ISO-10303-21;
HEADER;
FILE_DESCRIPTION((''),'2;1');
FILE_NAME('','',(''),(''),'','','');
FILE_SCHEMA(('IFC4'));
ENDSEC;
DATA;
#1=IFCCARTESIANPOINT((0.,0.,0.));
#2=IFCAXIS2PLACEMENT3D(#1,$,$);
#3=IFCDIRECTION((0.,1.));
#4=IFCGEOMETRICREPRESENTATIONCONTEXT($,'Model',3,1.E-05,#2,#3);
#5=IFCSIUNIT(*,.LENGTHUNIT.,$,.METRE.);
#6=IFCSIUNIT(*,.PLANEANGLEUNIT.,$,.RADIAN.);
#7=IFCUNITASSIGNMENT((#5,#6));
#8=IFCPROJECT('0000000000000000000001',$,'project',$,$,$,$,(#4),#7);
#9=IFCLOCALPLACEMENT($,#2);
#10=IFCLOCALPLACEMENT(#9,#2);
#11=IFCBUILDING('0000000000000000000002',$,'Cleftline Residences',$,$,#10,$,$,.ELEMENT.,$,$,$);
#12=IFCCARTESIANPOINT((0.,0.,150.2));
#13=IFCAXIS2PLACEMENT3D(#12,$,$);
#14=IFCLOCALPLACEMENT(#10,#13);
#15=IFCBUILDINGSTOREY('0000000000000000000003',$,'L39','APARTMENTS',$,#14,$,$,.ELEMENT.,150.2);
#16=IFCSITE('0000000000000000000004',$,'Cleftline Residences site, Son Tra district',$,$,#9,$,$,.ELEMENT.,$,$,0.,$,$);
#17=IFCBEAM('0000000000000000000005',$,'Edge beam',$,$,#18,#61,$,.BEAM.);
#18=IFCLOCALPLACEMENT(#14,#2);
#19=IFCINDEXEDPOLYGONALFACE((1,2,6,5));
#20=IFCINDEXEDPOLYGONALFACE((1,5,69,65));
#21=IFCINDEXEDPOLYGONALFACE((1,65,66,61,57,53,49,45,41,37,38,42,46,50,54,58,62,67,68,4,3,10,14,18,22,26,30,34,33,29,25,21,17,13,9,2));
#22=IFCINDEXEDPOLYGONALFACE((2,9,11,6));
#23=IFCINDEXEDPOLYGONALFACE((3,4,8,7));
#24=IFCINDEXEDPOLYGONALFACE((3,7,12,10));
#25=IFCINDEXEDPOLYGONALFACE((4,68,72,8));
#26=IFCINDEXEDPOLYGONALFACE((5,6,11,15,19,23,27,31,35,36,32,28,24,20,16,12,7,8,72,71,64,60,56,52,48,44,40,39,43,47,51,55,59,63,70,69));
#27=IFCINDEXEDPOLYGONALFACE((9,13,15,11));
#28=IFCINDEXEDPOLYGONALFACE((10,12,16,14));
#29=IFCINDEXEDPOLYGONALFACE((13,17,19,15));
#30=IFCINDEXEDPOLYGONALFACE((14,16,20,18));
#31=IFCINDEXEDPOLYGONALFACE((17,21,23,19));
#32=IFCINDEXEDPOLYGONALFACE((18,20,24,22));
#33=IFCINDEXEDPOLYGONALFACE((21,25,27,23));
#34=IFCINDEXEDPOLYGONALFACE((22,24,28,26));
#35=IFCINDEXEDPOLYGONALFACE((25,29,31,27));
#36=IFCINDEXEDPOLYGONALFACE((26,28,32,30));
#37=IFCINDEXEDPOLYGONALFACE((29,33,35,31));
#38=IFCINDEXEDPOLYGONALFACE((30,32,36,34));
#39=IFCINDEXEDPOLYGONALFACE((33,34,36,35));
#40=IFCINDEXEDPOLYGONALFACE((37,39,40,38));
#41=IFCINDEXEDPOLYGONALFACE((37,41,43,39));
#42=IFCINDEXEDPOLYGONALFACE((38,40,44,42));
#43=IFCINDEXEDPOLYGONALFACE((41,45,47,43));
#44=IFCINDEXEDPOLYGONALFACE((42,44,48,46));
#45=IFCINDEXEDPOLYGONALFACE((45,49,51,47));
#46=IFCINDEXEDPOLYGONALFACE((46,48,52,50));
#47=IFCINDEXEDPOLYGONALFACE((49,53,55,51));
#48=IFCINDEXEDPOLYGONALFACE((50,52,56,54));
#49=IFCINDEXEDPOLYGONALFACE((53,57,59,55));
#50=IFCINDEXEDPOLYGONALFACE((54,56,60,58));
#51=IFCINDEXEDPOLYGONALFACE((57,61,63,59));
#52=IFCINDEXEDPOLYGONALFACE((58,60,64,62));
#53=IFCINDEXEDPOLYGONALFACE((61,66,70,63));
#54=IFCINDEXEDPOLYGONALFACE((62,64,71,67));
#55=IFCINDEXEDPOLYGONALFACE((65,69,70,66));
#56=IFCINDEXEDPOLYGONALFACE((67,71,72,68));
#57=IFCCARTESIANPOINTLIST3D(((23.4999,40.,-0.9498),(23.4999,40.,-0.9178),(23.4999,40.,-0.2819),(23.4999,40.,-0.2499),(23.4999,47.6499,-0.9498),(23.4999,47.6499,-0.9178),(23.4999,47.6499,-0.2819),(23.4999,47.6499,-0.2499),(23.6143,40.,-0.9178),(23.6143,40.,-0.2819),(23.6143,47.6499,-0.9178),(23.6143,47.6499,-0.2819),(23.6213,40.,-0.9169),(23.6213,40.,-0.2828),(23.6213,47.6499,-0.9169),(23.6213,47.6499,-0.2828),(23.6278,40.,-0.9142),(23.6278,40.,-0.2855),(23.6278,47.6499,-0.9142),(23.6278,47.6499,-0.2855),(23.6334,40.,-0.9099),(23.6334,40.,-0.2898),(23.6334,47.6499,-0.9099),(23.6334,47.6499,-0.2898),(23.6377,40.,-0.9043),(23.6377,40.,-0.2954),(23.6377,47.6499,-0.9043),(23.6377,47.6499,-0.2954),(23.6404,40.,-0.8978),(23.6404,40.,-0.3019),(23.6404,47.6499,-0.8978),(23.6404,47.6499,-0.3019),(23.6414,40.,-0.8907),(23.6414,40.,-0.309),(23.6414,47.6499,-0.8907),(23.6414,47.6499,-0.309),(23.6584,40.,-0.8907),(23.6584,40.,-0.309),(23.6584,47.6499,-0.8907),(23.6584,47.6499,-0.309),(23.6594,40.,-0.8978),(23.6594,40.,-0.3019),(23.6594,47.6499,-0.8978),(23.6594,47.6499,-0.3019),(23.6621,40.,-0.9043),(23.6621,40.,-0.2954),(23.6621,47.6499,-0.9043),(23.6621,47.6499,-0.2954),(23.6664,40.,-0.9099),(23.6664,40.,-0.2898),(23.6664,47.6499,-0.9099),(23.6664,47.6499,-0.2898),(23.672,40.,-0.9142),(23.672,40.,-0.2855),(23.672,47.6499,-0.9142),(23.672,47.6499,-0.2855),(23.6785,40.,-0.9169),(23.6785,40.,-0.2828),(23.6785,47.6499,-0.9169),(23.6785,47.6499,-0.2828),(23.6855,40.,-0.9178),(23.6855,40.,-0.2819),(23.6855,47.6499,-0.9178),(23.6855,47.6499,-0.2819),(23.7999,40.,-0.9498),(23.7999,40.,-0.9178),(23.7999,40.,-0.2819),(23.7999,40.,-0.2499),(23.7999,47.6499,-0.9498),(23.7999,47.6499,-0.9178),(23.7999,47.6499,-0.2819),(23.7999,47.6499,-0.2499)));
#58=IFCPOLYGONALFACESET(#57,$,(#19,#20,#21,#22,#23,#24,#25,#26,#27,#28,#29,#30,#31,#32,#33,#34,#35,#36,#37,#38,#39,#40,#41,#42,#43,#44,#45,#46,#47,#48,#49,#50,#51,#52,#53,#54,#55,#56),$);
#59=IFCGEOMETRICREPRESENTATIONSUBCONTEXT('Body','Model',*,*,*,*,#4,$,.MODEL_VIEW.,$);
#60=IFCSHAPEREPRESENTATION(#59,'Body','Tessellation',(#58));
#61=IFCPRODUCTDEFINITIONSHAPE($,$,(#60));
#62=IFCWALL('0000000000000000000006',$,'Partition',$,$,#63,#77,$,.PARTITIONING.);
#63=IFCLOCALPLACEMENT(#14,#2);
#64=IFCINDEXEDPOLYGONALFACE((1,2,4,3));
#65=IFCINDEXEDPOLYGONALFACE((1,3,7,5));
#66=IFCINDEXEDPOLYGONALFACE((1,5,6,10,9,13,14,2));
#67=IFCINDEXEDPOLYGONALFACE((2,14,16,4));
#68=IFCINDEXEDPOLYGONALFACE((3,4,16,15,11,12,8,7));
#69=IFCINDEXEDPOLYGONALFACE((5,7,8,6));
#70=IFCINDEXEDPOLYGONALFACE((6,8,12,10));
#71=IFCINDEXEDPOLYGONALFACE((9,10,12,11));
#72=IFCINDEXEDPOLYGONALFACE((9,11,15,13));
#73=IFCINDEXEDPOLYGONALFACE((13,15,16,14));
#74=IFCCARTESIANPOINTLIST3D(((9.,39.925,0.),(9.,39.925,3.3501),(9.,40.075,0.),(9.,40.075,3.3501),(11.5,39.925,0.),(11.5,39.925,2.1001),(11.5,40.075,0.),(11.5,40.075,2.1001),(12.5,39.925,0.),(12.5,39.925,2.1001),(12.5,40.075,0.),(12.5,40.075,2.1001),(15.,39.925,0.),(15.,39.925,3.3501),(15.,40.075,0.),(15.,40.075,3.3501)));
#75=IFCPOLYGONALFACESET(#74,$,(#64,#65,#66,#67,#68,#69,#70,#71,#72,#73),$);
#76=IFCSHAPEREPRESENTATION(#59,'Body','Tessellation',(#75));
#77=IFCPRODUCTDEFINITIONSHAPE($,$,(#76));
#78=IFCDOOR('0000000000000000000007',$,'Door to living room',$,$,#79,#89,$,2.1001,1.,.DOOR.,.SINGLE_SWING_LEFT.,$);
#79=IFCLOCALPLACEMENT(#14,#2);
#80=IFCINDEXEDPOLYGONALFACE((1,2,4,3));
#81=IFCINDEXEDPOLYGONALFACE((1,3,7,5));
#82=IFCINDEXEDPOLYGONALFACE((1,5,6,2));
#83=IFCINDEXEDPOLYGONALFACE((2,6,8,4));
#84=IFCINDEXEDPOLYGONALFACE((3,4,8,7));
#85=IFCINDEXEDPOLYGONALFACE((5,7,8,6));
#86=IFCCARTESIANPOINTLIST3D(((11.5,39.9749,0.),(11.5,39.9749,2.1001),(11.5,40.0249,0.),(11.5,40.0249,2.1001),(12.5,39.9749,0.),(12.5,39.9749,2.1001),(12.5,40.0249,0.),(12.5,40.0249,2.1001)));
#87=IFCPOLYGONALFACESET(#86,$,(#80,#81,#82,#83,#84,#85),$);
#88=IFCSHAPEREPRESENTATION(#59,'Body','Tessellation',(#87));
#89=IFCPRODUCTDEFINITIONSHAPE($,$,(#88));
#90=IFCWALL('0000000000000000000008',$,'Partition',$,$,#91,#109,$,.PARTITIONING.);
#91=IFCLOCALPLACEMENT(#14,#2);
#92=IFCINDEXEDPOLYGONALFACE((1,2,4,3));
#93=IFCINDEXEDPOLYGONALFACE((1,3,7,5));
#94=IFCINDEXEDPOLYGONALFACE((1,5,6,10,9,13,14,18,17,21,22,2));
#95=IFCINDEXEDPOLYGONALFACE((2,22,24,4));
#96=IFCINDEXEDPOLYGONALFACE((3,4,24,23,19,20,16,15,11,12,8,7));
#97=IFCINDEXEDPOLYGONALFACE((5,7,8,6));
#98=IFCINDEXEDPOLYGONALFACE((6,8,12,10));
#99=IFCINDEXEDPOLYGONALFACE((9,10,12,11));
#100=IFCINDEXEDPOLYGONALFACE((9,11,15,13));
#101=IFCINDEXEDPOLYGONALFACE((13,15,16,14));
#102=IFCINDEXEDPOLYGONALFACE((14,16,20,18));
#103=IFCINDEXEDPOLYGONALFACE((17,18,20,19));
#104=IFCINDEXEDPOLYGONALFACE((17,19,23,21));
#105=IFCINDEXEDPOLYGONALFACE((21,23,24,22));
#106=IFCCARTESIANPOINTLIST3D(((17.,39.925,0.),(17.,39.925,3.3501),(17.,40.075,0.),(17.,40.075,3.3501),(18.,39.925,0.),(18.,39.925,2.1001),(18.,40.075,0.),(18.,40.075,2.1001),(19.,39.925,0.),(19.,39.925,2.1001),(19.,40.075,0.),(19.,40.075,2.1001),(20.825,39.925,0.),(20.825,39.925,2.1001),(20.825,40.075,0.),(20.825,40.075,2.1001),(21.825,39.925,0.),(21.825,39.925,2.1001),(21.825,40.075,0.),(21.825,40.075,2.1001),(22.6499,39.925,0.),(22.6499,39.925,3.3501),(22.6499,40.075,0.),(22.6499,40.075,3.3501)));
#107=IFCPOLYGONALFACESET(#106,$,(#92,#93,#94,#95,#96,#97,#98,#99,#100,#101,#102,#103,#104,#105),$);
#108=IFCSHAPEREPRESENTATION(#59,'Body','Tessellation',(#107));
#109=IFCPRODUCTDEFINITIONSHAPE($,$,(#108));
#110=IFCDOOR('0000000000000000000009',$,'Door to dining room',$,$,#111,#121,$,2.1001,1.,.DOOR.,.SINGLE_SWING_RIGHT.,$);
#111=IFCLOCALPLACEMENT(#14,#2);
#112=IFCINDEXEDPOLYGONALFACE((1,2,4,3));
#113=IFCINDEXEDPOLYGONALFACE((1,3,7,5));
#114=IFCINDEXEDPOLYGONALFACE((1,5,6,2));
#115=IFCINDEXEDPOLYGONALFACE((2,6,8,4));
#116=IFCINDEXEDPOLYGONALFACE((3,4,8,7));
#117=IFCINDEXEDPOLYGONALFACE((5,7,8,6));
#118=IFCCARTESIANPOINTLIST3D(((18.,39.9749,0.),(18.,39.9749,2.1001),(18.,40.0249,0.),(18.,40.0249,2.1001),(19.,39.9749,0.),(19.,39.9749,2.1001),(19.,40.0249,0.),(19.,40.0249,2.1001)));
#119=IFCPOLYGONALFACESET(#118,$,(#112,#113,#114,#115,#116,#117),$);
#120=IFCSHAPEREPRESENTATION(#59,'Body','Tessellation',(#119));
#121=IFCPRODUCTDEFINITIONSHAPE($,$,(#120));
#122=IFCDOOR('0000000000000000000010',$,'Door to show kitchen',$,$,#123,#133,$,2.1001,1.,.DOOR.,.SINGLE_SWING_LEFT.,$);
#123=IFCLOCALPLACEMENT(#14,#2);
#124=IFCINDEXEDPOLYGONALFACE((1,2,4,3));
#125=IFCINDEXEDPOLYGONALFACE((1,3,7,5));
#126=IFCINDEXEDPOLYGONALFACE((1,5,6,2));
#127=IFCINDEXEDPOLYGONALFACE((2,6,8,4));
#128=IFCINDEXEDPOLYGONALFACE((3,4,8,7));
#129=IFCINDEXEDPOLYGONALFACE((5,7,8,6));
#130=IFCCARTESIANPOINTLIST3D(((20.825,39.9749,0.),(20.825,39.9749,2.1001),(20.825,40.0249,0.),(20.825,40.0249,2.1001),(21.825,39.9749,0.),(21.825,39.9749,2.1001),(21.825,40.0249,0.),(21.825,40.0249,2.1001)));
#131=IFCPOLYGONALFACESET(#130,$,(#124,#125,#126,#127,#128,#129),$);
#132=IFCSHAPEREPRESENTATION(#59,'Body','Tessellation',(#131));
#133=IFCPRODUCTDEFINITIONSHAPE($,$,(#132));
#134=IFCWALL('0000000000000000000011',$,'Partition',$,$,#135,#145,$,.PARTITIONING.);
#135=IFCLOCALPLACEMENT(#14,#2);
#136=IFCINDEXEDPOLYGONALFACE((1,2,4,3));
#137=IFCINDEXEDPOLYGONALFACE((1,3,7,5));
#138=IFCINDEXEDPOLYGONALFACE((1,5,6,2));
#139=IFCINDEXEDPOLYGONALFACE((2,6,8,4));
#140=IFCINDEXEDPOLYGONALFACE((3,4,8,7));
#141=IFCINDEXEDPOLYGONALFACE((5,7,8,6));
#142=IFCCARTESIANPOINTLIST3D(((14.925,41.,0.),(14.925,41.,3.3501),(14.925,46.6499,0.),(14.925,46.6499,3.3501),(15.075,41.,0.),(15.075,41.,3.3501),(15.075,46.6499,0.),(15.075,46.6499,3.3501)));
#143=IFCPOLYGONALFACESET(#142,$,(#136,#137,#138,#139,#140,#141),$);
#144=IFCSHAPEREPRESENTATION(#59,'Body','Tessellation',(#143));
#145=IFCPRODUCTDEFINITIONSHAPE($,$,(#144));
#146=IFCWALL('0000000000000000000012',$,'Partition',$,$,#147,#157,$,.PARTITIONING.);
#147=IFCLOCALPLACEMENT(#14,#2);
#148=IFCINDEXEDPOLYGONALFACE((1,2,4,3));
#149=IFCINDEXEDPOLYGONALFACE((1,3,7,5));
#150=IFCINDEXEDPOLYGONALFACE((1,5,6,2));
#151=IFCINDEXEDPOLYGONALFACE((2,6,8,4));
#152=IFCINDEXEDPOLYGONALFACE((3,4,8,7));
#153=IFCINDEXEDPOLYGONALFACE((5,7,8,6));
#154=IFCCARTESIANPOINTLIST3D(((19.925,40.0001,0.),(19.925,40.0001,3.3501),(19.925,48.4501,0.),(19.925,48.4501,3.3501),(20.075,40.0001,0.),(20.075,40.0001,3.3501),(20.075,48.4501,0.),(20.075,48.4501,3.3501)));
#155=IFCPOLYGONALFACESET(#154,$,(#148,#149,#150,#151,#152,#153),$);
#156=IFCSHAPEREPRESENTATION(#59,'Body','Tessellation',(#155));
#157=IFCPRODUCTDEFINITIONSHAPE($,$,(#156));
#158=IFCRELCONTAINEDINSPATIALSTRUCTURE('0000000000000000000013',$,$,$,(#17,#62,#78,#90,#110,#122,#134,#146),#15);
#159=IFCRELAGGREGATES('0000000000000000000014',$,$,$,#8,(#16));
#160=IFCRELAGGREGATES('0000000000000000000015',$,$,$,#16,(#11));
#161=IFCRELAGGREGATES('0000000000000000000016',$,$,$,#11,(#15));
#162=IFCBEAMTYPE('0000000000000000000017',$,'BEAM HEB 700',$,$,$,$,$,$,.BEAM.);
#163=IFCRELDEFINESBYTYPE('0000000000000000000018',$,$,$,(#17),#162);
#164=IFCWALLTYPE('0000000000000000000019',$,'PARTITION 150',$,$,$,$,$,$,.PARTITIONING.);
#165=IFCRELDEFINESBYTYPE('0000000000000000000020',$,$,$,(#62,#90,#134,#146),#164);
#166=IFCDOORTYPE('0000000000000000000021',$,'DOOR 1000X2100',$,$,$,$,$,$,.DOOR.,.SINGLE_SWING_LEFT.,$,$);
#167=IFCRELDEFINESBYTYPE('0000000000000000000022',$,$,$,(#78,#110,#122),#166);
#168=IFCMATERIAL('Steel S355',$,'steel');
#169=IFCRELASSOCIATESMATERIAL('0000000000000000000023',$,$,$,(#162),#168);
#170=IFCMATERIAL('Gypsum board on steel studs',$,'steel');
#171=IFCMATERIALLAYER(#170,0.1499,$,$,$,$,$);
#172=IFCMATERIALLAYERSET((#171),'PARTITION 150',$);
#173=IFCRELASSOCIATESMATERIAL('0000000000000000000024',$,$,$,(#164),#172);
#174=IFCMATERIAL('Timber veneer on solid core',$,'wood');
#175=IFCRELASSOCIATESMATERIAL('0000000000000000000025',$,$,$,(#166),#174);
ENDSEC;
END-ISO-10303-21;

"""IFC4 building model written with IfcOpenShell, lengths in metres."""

from ifc_helpers import new_model, si_unit, direction, frame, frame_2d, origin, origin_2d, place, context, subcontext, project, spatial, rectangle, i_section, extrude, material, layer, layer_set, material_profile, profile_set, type_object, element, fill, save


model = new_model("IFC4")

# Units and contexts
model_context = context("Model", 3, precision=1e-05, world=origin(), true_north=direction((0.0, 1.0)))
body_context = subcontext(model_context, "Body", "Model", "MODEL_VIEW")
ifc_project = project(units=[si_unit("LENGTHUNIT", "METRE"), si_unit("PLANEANGLEUNIT", "RADIAN")], contexts=[model_context])

# Site, building, storey
site_placement = place(None, origin())
site = spatial("IfcSite", under=ifc_project, at=site_placement, Name="Cleftline Residences site, Son Tra district", CompositionType="ELEMENT", RefElevation=0.0)
building_placement = place(site_placement, origin())
building = spatial("IfcBuilding", under=site, at=building_placement, Name="Cleftline Residences", CompositionType="ELEMENT")
storey_placement = place(building_placement, frame((0.0, 0.0, 150.2)))
storey = spatial("IfcBuildingStorey", under=building, at=storey_placement, Name="L39", Description="APARTMENTS", CompositionType="ELEMENT", Elevation=150.2)

# Beam
ifc_material_1 = material(Name="Steel S355", Category="steel")
ifc_material_profile_1 = material_profile(ifc_material_1, i_section(OverallWidth=0.3, OverallDepth=0.7, WebThickness=0.0171, FlangeThickness=0.032, FilletRadius=0.0271, at=origin_2d()))
ifc_profile_set_1 = profile_set([ifc_material_profile_1], Name="Steel S355")
beam_type = type_object("IfcBeamType", Name="BEAM HEB 700", PredefinedType="BEAM", material=ifc_profile_set_1)
for number, where, z_axis, x_axis, name in (
    (1, (23.6499, 47.6499, -0.5999), (0.0, -1.0, 0.0), (1.0, 0.0, 0.0), "Edge beam"),
):
    element("IfcBeam", number, at=place(storey_placement, frame(where, z_axis=z_axis, x_axis=x_axis)), inside=storey, type_object=beam_type, Name=name, PredefinedType="BEAM", context=body_context, shape_type="SweptSolid", body=[
        extrude(i_section(OverallWidth=0.3, OverallDepth=0.7, WebThickness=0.0171, FlangeThickness=0.032, FilletRadius=0.0271, at=origin_2d()), origin(), (0.0, 0.0, 1.0), 7.6499),
    ])

# Wall, opening, door
ifc_material_2 = material(Name="Gypsum board on steel studs", Category="steel")
ifc_layer = layer(ifc_material_2, 0.1499)
ifc_layer_set = layer_set([ifc_layer], Name="PARTITION 150")
wall_type = type_object("IfcWallType", Name="PARTITION 150", PredefinedType="PARTITIONING", material=ifc_layer_set)
wall_1_placement = place(storey_placement, frame((9.0, 40.0, 0.0), z_axis=(0.0, 0.0, 1.0), x_axis=(1.0, 0.0, 0.0)))
wall_1 = element("IfcWall", 2, at=wall_1_placement, inside=storey, type_object=wall_type, Name="Partition", PredefinedType="PARTITIONING", context=body_context, shape_type="SweptSolid", body=[
    extrude(rectangle(XDim=6.0, YDim=0.1499, at=frame_2d((3.0, 0.0))), origin(), (0.0, 0.0, 1.0), 3.3501),
])
opening_1_placement = place(wall_1_placement, frame((2.5, 0.0, 0.0)))
opening_1 = element("IfcOpeningElement", 3, at=opening_1_placement, cuts=wall_1, PredefinedType="OPENING", context=body_context, shape_type="SweptSolid", body=[
    extrude(rectangle(XDim=1.0, YDim=2.1001, at=frame_2d((0.5, 1.05))), frame((0.0, 0.085, 0.0), z_axis=(0.0, -1.0, 0.0), x_axis=(1.0, 0.0, 0.0)), (0.0, 0.0, 1.0), 0.1699),
])
ifc_material_3 = material(Name="Timber veneer on solid core", Category="wood")
door_type = type_object("IfcDoorType", Name="DOOR 1000X2100", OperationType="SINGLE_SWING_LEFT", PredefinedType="DOOR", material=ifc_material_3)
door_1_placement = place(opening_1_placement, origin())
door_1 = element("IfcDoor", 4, at=door_1_placement, inside=storey, type_object=door_type, Name="Door to living room", OperationType="SINGLE_SWING_LEFT", OverallHeight=2.1001, OverallWidth=1.0, PredefinedType="DOOR", context=body_context, shape_type="SweptSolid", body=[
    extrude(rectangle(XDim=1.0, YDim=2.1001, at=frame_2d((0.5, 1.05))), frame((0.0, 0.0249, 0.0), z_axis=(0.0, -1.0, 0.0), x_axis=(1.0, 0.0, 0.0)), (0.0, 0.0, 1.0), 0.05),
])
fill(opening_1, door_1)

# Wall, openings, doors
wall_2_placement = place(storey_placement, frame((17.0, 40.0, 0.0), z_axis=(0.0, 0.0, 1.0), x_axis=(1.0, 0.0, 0.0)))
wall_2 = element("IfcWall", 5, at=wall_2_placement, inside=storey, type_object=wall_type, Name="Partition", PredefinedType="PARTITIONING", context=body_context, shape_type="SweptSolid", body=[
    extrude(rectangle(XDim=5.6499, YDim=0.1499, at=frame_2d((2.825, 0.0))), origin(), (0.0, 0.0, 1.0), 3.3501),
])
opening_2_placement = place(wall_2_placement, frame((1.0, 0.0, 0.0)))
opening_2 = element("IfcOpeningElement", 6, at=opening_2_placement, cuts=wall_2, PredefinedType="OPENING", context=body_context, shape_type="SweptSolid", body=[
    extrude(rectangle(XDim=1.0, YDim=2.1001, at=frame_2d((0.5, 1.05))), frame((0.0, 0.085, 0.0), z_axis=(0.0, -1.0, 0.0), x_axis=(1.0, 0.0, 0.0)), (0.0, 0.0, 1.0), 0.1699),
])
opening_3_placement = place(wall_2_placement, frame((3.825, 0.0, 0.0)))
opening_3 = element("IfcOpeningElement", 7, at=opening_3_placement, cuts=wall_2, PredefinedType="OPENING", context=body_context, shape_type="SweptSolid", body=[
    extrude(rectangle(XDim=1.0, YDim=2.1001, at=frame_2d((0.5, 1.05))), frame((0.0, 0.085, 0.0), z_axis=(0.0, -1.0, 0.0), x_axis=(1.0, 0.0, 0.0)), (0.0, 0.0, 1.0), 0.1699),
])
door_2_placement = place(opening_2_placement, origin())
door_2 = element("IfcDoor", 8, at=door_2_placement, inside=storey, type_object=door_type, Name="Door to dining room", OperationType="SINGLE_SWING_RIGHT", OverallHeight=2.1001, OverallWidth=1.0, PredefinedType="DOOR", context=body_context, shape_type="SweptSolid", body=[
    extrude(rectangle(XDim=1.0, YDim=2.1001, at=frame_2d((0.5, 1.05))), frame((0.0, 0.0249, 0.0), z_axis=(0.0, -1.0, 0.0), x_axis=(1.0, 0.0, 0.0)), (0.0, 0.0, 1.0), 0.05),
])
fill(opening_2, door_2)
door_3_placement = place(opening_3_placement, origin())
door_3 = element("IfcDoor", 9, at=door_3_placement, inside=storey, type_object=door_type, Name="Door to show kitchen", OperationType="SINGLE_SWING_LEFT", OverallHeight=2.1001, OverallWidth=1.0, PredefinedType="DOOR", context=body_context, shape_type="SweptSolid", body=[
    extrude(rectangle(XDim=1.0, YDim=2.1001, at=frame_2d((0.5, 1.05))), frame((0.0, 0.0249, 0.0), z_axis=(0.0, -1.0, 0.0), x_axis=(1.0, 0.0, 0.0)), (0.0, 0.0, 1.0), 0.05),
])
fill(opening_3, door_3)

# Walls
wall_3_placement = place(storey_placement, frame((15.0, 41.0, 0.0), z_axis=(0.0, 0.0, 1.0), x_axis=(0.0, 1.0, 0.0)))
element("IfcWall", 10, at=wall_3_placement, inside=storey, type_object=wall_type, Name="Partition", PredefinedType="PARTITIONING", context=body_context, shape_type="SweptSolid", body=[
    extrude(rectangle(XDim=5.6499, YDim=0.1499, at=frame_2d((2.825, 0.0))), origin(), (0.0, 0.0, 1.0), 3.3501),
])
wall_4_placement = place(storey_placement, frame((20.0, 40.0, 0.0), z_axis=(0.0, 0.0, 1.0), x_axis=(0.0, 1.0, 0.0)))
element("IfcWall", 11, at=wall_4_placement, inside=storey, type_object=wall_type, Name="Partition", PredefinedType="PARTITIONING", context=body_context, shape_type="SweptSolid", body=[
    extrude(rectangle(XDim=8.45, YDim=0.1499, at=frame_2d((4.2251, 0.0))), origin(), (0.0, 0.0, 1.0), 3.3501),
])

save(model, "model.ifc")
